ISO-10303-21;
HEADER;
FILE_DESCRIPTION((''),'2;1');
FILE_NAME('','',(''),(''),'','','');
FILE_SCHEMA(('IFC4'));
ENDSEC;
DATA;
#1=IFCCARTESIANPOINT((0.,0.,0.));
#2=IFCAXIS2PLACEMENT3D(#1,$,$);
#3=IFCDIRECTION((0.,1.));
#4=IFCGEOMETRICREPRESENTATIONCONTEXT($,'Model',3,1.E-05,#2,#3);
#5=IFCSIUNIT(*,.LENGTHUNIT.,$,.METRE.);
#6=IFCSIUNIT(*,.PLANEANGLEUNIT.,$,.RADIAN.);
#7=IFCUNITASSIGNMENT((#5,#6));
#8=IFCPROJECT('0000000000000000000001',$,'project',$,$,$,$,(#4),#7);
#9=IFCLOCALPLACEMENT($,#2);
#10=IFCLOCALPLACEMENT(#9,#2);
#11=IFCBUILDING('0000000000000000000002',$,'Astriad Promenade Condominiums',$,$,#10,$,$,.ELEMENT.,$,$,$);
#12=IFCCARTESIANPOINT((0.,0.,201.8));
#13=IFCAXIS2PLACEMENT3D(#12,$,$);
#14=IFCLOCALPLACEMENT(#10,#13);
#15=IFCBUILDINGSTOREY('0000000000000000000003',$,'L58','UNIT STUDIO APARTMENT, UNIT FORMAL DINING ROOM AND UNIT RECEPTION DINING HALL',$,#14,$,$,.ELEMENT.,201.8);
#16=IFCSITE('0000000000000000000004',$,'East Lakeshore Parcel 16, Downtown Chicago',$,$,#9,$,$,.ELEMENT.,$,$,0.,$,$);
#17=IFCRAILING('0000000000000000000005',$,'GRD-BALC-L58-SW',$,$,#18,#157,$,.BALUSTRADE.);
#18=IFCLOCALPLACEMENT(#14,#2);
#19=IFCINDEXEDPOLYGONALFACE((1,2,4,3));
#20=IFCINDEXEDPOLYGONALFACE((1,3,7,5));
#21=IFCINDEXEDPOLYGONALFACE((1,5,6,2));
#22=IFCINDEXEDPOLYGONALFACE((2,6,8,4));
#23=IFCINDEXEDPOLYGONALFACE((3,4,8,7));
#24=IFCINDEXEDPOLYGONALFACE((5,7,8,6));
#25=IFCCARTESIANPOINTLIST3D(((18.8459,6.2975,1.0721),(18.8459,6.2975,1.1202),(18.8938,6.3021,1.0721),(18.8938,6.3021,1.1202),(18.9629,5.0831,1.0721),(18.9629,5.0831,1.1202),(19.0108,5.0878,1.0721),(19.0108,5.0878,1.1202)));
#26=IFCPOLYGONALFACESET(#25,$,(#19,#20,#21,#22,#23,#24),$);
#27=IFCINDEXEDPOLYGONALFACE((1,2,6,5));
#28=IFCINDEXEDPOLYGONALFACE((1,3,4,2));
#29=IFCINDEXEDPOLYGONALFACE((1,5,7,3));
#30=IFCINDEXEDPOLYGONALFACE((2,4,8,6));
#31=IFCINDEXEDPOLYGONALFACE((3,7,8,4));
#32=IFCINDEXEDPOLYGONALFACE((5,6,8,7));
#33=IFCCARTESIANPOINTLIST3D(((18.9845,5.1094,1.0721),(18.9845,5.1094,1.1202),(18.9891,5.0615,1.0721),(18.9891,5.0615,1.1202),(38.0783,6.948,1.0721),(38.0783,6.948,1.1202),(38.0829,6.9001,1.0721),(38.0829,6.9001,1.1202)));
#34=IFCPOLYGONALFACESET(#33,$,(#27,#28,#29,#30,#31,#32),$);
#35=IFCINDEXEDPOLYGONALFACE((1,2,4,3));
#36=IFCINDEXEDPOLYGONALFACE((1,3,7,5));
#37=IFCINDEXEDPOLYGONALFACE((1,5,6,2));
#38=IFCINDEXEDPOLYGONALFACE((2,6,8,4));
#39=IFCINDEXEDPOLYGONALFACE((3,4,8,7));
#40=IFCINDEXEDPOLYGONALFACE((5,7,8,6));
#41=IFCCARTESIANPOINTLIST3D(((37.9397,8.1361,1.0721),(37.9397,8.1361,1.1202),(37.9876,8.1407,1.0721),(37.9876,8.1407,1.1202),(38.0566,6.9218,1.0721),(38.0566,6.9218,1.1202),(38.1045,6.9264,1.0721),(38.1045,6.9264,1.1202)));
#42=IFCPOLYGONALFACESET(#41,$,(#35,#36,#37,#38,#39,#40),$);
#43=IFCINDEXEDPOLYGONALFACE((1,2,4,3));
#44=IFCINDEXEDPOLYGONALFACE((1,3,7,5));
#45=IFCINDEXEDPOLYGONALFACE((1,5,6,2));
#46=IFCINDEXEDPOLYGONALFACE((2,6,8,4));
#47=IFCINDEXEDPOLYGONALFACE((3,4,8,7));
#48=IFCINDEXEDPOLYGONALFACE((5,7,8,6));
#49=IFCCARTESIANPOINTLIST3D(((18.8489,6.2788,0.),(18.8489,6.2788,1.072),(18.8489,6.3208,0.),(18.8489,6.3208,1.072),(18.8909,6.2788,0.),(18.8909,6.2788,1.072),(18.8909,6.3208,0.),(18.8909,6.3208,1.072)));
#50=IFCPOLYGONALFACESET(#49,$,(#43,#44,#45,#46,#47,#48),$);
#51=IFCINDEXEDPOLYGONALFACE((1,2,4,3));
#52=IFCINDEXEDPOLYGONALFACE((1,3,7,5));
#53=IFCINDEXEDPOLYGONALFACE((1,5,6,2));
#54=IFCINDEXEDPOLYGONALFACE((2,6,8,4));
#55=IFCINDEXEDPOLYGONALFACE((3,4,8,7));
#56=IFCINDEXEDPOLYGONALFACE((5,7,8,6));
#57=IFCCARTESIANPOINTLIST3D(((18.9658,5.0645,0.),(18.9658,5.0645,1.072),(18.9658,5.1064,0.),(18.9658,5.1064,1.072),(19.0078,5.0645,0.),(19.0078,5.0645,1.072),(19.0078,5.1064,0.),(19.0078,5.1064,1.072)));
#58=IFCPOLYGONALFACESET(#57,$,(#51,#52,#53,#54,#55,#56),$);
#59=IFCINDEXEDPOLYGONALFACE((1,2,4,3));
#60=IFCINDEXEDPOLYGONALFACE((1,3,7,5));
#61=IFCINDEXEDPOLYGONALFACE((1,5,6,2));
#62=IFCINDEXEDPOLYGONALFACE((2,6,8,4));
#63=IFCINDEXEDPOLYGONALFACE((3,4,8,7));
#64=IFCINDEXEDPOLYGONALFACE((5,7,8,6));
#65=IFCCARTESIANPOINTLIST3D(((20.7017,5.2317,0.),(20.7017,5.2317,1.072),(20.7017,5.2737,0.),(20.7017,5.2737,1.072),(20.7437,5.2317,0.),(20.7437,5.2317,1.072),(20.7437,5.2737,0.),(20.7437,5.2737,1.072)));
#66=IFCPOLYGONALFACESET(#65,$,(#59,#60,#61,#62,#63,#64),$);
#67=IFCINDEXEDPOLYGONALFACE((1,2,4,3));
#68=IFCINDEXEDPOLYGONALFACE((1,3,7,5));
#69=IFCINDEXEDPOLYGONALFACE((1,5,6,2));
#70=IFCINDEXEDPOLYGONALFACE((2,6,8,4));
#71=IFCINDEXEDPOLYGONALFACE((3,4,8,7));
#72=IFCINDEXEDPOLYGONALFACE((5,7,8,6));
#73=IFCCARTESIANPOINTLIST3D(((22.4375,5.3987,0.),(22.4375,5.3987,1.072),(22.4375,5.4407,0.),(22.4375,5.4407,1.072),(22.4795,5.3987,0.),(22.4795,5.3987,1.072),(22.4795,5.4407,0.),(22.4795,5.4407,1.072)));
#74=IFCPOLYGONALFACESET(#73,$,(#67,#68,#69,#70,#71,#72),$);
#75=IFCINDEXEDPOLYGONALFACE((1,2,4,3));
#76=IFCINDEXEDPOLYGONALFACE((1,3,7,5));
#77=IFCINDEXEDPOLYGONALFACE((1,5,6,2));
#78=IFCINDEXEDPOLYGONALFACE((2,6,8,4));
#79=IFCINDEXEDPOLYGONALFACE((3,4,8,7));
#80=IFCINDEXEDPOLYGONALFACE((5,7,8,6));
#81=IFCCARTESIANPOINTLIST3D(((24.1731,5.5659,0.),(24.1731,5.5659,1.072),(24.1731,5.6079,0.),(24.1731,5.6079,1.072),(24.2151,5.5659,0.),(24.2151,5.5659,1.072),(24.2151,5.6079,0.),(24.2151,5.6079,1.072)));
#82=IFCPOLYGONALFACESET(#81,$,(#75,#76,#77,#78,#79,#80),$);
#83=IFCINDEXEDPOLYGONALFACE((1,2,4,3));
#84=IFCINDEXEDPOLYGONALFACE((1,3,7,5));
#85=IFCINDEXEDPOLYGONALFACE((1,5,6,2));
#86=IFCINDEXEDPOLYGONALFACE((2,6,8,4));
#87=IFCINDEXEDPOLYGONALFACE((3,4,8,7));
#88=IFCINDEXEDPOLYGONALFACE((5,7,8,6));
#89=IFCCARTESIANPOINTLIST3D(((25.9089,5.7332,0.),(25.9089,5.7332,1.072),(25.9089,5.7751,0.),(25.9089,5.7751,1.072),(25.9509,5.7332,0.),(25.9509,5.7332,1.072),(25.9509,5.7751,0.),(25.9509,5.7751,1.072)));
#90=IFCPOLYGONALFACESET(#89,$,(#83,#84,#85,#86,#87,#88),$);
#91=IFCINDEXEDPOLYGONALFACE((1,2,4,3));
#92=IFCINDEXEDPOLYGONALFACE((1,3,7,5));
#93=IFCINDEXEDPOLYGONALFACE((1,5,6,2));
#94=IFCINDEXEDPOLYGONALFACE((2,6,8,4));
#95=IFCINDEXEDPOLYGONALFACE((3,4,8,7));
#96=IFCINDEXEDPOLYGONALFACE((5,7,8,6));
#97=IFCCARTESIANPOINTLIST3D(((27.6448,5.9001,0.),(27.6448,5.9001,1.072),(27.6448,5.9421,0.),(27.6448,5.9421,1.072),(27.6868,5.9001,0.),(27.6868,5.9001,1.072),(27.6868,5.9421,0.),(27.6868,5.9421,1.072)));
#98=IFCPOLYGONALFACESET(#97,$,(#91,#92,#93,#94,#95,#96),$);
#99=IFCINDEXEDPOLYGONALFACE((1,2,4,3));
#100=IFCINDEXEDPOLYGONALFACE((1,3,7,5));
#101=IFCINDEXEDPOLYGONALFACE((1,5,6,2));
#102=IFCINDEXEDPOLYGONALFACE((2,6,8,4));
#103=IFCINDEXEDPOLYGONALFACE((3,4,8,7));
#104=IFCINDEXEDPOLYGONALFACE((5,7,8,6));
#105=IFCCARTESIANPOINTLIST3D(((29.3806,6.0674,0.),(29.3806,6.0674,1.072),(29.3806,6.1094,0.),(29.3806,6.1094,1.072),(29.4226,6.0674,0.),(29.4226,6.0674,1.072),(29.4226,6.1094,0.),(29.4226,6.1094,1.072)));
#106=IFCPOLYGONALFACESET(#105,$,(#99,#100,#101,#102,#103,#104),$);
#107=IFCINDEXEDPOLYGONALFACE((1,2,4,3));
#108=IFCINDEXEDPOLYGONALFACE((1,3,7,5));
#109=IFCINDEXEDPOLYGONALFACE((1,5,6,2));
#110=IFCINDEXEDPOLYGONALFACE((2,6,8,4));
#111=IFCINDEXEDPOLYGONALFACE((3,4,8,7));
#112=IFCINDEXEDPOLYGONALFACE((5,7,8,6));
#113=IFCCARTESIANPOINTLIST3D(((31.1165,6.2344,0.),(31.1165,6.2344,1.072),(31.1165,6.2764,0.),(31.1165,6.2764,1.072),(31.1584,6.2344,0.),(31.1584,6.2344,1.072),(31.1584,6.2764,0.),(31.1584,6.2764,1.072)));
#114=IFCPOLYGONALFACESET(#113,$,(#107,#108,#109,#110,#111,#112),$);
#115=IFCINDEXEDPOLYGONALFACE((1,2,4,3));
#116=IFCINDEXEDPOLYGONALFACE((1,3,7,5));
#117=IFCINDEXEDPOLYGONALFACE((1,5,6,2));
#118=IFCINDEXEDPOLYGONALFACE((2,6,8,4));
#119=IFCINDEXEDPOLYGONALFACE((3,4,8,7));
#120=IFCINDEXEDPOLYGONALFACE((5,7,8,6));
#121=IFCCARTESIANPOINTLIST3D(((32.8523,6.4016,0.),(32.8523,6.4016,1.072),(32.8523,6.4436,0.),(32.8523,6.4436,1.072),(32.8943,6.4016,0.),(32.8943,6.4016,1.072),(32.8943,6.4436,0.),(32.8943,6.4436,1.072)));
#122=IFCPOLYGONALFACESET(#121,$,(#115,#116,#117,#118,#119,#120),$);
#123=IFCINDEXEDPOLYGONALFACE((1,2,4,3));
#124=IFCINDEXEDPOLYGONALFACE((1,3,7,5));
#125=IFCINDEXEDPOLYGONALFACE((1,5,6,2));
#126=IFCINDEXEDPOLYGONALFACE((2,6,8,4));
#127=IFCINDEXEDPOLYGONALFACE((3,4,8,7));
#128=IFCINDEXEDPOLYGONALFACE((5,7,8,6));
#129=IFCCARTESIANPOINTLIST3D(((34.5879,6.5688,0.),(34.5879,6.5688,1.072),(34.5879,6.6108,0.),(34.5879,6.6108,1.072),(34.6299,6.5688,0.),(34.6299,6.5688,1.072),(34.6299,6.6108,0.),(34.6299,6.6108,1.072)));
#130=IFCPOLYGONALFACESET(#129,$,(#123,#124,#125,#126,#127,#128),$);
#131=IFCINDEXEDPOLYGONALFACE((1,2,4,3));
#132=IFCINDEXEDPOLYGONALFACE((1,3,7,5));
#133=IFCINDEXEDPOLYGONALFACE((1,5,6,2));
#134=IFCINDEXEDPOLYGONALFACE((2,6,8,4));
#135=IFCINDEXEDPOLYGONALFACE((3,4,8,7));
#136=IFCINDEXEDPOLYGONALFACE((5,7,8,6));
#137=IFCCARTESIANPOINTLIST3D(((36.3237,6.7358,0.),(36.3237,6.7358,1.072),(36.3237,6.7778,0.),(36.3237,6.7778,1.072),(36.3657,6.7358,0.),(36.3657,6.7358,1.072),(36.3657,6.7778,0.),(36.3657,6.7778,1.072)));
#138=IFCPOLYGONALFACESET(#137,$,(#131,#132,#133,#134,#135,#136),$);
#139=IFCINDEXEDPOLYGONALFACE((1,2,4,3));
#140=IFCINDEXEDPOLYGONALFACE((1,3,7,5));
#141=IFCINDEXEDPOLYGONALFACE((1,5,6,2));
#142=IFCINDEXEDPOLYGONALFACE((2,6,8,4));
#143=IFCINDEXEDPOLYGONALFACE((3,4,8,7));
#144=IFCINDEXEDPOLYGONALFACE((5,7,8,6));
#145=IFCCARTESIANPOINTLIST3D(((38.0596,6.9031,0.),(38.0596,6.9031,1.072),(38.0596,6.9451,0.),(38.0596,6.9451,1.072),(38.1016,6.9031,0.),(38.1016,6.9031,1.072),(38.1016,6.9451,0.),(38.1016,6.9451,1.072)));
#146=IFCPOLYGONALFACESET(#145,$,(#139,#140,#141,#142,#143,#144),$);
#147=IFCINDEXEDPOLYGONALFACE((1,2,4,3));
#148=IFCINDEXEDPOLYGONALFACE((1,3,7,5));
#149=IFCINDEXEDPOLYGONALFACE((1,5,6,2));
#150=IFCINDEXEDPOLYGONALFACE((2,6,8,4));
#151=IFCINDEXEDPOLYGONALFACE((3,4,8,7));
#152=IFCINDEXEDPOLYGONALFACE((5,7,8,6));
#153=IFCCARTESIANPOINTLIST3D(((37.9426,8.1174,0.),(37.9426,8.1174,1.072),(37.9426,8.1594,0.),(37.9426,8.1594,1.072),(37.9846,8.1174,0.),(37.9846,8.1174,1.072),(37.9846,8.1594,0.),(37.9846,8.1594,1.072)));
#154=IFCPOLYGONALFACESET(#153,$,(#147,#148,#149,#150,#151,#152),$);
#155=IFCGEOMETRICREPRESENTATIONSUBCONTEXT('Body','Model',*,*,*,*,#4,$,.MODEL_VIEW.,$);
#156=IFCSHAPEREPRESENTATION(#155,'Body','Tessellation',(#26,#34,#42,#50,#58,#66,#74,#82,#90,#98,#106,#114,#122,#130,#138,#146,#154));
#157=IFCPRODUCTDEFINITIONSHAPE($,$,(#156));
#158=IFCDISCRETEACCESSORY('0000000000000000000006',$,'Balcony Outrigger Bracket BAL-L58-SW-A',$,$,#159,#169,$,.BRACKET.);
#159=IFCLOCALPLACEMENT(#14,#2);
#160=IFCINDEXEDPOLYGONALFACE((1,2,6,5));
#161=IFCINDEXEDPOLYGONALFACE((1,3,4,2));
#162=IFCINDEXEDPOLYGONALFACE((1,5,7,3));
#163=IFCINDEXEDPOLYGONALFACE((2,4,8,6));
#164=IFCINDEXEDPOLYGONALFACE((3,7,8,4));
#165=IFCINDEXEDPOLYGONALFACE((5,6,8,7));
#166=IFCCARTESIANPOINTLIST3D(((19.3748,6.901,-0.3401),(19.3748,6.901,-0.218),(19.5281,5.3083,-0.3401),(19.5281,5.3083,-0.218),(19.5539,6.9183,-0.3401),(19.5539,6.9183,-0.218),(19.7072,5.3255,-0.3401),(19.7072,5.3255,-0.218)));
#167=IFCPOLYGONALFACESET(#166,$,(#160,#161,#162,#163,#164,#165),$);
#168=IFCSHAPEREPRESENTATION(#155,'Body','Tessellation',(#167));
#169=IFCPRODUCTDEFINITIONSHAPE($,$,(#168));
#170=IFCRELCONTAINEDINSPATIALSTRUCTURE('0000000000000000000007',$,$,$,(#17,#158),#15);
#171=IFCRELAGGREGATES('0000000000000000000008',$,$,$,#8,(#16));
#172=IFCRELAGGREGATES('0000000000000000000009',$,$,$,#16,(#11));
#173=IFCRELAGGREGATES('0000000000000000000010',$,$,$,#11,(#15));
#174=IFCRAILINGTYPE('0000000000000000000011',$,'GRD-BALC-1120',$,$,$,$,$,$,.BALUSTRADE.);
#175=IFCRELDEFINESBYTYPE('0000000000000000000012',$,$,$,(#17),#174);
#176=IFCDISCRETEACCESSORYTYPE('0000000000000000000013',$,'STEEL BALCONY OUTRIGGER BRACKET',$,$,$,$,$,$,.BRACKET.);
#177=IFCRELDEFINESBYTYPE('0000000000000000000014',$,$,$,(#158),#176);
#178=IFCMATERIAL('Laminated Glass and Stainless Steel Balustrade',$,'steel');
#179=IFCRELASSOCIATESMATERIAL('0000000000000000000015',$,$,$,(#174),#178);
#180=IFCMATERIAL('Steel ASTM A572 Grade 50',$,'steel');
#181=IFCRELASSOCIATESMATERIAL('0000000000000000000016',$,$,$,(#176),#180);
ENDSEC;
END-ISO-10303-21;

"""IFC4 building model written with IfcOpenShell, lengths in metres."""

from ifc_helpers import new_model, si_unit, direction, frame, origin, origin_2d, place, context, subcontext, project, spatial, rectangle, extrude, source, transform, mapped, material, type_object, type_shapes, element, save


model = new_model("IFC4")

# Units and contexts
model_context = context("Model", 3, precision=1e-05, world=origin(), true_north=direction((0.0, 1.0)))
body_context = subcontext(model_context, "Body", "Model", "MODEL_VIEW")
ifc_project = project(units=[si_unit("LENGTHUNIT", "METRE"), si_unit("PLANEANGLEUNIT", "RADIAN")], contexts=[model_context])

# Site, building, storey
site_placement = place(None, origin())
site = spatial("IfcSite", under=ifc_project, at=site_placement, Name="East Lakeshore Parcel 16, Downtown Chicago", CompositionType="ELEMENT", RefElevation=0.0)
building_placement = place(site_placement, origin())
building = spatial("IfcBuilding", under=site, at=building_placement, Name="Astriad Promenade Condominiums", CompositionType="ELEMENT")
storey_placement = place(building_placement, frame((0.0, 0.0, 201.8)))
storey = spatial("IfcBuildingStorey", under=building, at=storey_placement, Name="L58", Description="UNIT STUDIO APARTMENT, UNIT FORMAL DINING ROOM AND UNIT RECEPTION DINING HALL", CompositionType="ELEMENT", Elevation=201.8)

# Railing
ifc_material_1 = material(Name="Laminated Glass and Stainless Steel Balustrade", Category="steel")
railing_type = type_object("IfcRailingType", Name="GRD-BALC-1120", PredefinedType="BALUSTRADE", material=ifc_material_1)
shared_shape_1 = source(origin(), body_context, "Body", "SweptSolid", [
    extrude(rectangle(XDim=0.0481, YDim=0.0481, at=origin_2d()), frame((0.0, 0.0, 1.0962), z_axis=(0.095857, -0.995395, 0.0), x_axis=(0.995395, 0.095857, 0.0)), (0.0, 0.0, 1.0), 1.22),
    extrude(rectangle(XDim=0.0481, YDim=0.0481, at=origin_2d()), frame((0.1169, -1.2144, 1.0962), z_axis=(0.995396, 0.095851, 0.0), x_axis=(-0.095851, 0.995396, 0.0)), (0.0, 0.0, 1.0), 19.1821),
    extrude(rectangle(XDim=0.0481, YDim=0.0481, at=origin_2d()), frame((19.2107, 0.6243, 1.0962), z_axis=(-0.095857, 0.995395, 0.0), x_axis=(-0.995395, -0.095857, 0.0)), (0.0, 0.0, 1.0), 1.22),
    extrude(rectangle(XDim=0.042, YDim=0.042, at=origin_2d()), origin(), (0.0, 0.0, 1.0), 1.072),
    extrude(rectangle(XDim=0.042, YDim=0.042, at=origin_2d()), frame((0.1169, -1.2144, 0.0)), (0.0, 0.0, 1.0), 1.072),
    extrude(rectangle(XDim=0.042, YDim=0.042, at=origin_2d()), frame((1.8528, -1.0471, 0.0)), (0.0, 0.0, 1.0), 1.072),
    extrude(rectangle(XDim=0.042, YDim=0.042, at=origin_2d()), frame((3.5886, -0.8801, 0.0)), (0.0, 0.0, 1.0), 1.072),
    extrude(rectangle(XDim=0.042, YDim=0.042, at=origin_2d()), frame((5.3242, -0.7129, 0.0)), (0.0, 0.0, 1.0), 1.072),
    extrude(rectangle(XDim=0.042, YDim=0.042, at=origin_2d()), frame((7.0601, -0.5457, 0.0)), (0.0, 0.0, 1.0), 1.072),
    extrude(rectangle(XDim=0.042, YDim=0.042, at=origin_2d()), frame((8.7959, -0.3787, 0.0)), (0.0, 0.0, 1.0), 1.072),
    extrude(rectangle(XDim=0.042, YDim=0.042, at=origin_2d()), frame((10.5317, -0.2114, 0.0)), (0.0, 0.0, 1.0), 1.072),
    extrude(rectangle(XDim=0.042, YDim=0.042, at=origin_2d()), frame((12.2676, -0.0444, 0.0)), (0.0, 0.0, 1.0), 1.072),
    extrude(rectangle(XDim=0.042, YDim=0.042, at=origin_2d()), frame((14.0034, 0.1228, 0.0)), (0.0, 0.0, 1.0), 1.072),
    extrude(rectangle(XDim=0.042, YDim=0.042, at=origin_2d()), frame((15.739, 0.29, 0.0)), (0.0, 0.0, 1.0), 1.072),
    extrude(rectangle(XDim=0.042, YDim=0.042, at=origin_2d()), frame((17.4749, 0.457, 0.0)), (0.0, 0.0, 1.0), 1.072),
    extrude(rectangle(XDim=0.042, YDim=0.042, at=origin_2d()), frame((19.2107, 0.6243, 0.0)), (0.0, 0.0, 1.0), 1.072),
    extrude(rectangle(XDim=0.042, YDim=0.042, at=origin_2d()), frame((19.0938, 1.8386, 0.0)), (0.0, 0.0, 1.0), 1.072),
])
type_shapes(railing_type, [shared_shape_1])
railing_placement = place(storey_placement, frame((18.8699, 6.2998, 0.0)))
element("IfcRailing", 1, at=railing_placement, inside=storey, type_object=railing_type, Name="GRD-BALC-L58-SW", PredefinedType="BALUSTRADE", context=body_context, shape_type="MappedRepresentation", body=[
    mapped(shared_shape_1, transform((0.0, 0.0, 0.0), scale=1.0)),
])

# Discrete accessory
ifc_material_2 = material(Name="Steel ASTM A572 Grade 50", Category="steel")
discrete_accessory_type = type_object("IfcDiscreteAccessoryType", Name="STEEL BALCONY OUTRIGGER BRACKET", PredefinedType="BRACKET", material=ifc_material_2)
shared_shape_2 = source(origin(), body_context, "Body", "SweptSolid", [
    extrude(rectangle(XDim=1.6001, YDim=0.1799, at=origin_2d()), origin(), (0.0, 0.0, 1.0), 0.1221),
])
type_shapes(discrete_accessory_type, [shared_shape_2])
discrete_accessory_placement = place(storey_placement, frame((19.541, 6.1133, -0.3401), z_axis=(0.0, 0.0, 1.0), x_axis=(0.095846, -0.995396, 0.0)))
element("IfcDiscreteAccessory", 2, at=discrete_accessory_placement, inside=storey, type_object=discrete_accessory_type, Name="Balcony Outrigger Bracket BAL-L58-SW-A", PredefinedType="BRACKET", context=body_context, shape_type="MappedRepresentation", body=[
    mapped(shared_shape_2, transform((0.0, 0.0, 0.0), scale=1.0)),
])

save(model, "model.ifc")
